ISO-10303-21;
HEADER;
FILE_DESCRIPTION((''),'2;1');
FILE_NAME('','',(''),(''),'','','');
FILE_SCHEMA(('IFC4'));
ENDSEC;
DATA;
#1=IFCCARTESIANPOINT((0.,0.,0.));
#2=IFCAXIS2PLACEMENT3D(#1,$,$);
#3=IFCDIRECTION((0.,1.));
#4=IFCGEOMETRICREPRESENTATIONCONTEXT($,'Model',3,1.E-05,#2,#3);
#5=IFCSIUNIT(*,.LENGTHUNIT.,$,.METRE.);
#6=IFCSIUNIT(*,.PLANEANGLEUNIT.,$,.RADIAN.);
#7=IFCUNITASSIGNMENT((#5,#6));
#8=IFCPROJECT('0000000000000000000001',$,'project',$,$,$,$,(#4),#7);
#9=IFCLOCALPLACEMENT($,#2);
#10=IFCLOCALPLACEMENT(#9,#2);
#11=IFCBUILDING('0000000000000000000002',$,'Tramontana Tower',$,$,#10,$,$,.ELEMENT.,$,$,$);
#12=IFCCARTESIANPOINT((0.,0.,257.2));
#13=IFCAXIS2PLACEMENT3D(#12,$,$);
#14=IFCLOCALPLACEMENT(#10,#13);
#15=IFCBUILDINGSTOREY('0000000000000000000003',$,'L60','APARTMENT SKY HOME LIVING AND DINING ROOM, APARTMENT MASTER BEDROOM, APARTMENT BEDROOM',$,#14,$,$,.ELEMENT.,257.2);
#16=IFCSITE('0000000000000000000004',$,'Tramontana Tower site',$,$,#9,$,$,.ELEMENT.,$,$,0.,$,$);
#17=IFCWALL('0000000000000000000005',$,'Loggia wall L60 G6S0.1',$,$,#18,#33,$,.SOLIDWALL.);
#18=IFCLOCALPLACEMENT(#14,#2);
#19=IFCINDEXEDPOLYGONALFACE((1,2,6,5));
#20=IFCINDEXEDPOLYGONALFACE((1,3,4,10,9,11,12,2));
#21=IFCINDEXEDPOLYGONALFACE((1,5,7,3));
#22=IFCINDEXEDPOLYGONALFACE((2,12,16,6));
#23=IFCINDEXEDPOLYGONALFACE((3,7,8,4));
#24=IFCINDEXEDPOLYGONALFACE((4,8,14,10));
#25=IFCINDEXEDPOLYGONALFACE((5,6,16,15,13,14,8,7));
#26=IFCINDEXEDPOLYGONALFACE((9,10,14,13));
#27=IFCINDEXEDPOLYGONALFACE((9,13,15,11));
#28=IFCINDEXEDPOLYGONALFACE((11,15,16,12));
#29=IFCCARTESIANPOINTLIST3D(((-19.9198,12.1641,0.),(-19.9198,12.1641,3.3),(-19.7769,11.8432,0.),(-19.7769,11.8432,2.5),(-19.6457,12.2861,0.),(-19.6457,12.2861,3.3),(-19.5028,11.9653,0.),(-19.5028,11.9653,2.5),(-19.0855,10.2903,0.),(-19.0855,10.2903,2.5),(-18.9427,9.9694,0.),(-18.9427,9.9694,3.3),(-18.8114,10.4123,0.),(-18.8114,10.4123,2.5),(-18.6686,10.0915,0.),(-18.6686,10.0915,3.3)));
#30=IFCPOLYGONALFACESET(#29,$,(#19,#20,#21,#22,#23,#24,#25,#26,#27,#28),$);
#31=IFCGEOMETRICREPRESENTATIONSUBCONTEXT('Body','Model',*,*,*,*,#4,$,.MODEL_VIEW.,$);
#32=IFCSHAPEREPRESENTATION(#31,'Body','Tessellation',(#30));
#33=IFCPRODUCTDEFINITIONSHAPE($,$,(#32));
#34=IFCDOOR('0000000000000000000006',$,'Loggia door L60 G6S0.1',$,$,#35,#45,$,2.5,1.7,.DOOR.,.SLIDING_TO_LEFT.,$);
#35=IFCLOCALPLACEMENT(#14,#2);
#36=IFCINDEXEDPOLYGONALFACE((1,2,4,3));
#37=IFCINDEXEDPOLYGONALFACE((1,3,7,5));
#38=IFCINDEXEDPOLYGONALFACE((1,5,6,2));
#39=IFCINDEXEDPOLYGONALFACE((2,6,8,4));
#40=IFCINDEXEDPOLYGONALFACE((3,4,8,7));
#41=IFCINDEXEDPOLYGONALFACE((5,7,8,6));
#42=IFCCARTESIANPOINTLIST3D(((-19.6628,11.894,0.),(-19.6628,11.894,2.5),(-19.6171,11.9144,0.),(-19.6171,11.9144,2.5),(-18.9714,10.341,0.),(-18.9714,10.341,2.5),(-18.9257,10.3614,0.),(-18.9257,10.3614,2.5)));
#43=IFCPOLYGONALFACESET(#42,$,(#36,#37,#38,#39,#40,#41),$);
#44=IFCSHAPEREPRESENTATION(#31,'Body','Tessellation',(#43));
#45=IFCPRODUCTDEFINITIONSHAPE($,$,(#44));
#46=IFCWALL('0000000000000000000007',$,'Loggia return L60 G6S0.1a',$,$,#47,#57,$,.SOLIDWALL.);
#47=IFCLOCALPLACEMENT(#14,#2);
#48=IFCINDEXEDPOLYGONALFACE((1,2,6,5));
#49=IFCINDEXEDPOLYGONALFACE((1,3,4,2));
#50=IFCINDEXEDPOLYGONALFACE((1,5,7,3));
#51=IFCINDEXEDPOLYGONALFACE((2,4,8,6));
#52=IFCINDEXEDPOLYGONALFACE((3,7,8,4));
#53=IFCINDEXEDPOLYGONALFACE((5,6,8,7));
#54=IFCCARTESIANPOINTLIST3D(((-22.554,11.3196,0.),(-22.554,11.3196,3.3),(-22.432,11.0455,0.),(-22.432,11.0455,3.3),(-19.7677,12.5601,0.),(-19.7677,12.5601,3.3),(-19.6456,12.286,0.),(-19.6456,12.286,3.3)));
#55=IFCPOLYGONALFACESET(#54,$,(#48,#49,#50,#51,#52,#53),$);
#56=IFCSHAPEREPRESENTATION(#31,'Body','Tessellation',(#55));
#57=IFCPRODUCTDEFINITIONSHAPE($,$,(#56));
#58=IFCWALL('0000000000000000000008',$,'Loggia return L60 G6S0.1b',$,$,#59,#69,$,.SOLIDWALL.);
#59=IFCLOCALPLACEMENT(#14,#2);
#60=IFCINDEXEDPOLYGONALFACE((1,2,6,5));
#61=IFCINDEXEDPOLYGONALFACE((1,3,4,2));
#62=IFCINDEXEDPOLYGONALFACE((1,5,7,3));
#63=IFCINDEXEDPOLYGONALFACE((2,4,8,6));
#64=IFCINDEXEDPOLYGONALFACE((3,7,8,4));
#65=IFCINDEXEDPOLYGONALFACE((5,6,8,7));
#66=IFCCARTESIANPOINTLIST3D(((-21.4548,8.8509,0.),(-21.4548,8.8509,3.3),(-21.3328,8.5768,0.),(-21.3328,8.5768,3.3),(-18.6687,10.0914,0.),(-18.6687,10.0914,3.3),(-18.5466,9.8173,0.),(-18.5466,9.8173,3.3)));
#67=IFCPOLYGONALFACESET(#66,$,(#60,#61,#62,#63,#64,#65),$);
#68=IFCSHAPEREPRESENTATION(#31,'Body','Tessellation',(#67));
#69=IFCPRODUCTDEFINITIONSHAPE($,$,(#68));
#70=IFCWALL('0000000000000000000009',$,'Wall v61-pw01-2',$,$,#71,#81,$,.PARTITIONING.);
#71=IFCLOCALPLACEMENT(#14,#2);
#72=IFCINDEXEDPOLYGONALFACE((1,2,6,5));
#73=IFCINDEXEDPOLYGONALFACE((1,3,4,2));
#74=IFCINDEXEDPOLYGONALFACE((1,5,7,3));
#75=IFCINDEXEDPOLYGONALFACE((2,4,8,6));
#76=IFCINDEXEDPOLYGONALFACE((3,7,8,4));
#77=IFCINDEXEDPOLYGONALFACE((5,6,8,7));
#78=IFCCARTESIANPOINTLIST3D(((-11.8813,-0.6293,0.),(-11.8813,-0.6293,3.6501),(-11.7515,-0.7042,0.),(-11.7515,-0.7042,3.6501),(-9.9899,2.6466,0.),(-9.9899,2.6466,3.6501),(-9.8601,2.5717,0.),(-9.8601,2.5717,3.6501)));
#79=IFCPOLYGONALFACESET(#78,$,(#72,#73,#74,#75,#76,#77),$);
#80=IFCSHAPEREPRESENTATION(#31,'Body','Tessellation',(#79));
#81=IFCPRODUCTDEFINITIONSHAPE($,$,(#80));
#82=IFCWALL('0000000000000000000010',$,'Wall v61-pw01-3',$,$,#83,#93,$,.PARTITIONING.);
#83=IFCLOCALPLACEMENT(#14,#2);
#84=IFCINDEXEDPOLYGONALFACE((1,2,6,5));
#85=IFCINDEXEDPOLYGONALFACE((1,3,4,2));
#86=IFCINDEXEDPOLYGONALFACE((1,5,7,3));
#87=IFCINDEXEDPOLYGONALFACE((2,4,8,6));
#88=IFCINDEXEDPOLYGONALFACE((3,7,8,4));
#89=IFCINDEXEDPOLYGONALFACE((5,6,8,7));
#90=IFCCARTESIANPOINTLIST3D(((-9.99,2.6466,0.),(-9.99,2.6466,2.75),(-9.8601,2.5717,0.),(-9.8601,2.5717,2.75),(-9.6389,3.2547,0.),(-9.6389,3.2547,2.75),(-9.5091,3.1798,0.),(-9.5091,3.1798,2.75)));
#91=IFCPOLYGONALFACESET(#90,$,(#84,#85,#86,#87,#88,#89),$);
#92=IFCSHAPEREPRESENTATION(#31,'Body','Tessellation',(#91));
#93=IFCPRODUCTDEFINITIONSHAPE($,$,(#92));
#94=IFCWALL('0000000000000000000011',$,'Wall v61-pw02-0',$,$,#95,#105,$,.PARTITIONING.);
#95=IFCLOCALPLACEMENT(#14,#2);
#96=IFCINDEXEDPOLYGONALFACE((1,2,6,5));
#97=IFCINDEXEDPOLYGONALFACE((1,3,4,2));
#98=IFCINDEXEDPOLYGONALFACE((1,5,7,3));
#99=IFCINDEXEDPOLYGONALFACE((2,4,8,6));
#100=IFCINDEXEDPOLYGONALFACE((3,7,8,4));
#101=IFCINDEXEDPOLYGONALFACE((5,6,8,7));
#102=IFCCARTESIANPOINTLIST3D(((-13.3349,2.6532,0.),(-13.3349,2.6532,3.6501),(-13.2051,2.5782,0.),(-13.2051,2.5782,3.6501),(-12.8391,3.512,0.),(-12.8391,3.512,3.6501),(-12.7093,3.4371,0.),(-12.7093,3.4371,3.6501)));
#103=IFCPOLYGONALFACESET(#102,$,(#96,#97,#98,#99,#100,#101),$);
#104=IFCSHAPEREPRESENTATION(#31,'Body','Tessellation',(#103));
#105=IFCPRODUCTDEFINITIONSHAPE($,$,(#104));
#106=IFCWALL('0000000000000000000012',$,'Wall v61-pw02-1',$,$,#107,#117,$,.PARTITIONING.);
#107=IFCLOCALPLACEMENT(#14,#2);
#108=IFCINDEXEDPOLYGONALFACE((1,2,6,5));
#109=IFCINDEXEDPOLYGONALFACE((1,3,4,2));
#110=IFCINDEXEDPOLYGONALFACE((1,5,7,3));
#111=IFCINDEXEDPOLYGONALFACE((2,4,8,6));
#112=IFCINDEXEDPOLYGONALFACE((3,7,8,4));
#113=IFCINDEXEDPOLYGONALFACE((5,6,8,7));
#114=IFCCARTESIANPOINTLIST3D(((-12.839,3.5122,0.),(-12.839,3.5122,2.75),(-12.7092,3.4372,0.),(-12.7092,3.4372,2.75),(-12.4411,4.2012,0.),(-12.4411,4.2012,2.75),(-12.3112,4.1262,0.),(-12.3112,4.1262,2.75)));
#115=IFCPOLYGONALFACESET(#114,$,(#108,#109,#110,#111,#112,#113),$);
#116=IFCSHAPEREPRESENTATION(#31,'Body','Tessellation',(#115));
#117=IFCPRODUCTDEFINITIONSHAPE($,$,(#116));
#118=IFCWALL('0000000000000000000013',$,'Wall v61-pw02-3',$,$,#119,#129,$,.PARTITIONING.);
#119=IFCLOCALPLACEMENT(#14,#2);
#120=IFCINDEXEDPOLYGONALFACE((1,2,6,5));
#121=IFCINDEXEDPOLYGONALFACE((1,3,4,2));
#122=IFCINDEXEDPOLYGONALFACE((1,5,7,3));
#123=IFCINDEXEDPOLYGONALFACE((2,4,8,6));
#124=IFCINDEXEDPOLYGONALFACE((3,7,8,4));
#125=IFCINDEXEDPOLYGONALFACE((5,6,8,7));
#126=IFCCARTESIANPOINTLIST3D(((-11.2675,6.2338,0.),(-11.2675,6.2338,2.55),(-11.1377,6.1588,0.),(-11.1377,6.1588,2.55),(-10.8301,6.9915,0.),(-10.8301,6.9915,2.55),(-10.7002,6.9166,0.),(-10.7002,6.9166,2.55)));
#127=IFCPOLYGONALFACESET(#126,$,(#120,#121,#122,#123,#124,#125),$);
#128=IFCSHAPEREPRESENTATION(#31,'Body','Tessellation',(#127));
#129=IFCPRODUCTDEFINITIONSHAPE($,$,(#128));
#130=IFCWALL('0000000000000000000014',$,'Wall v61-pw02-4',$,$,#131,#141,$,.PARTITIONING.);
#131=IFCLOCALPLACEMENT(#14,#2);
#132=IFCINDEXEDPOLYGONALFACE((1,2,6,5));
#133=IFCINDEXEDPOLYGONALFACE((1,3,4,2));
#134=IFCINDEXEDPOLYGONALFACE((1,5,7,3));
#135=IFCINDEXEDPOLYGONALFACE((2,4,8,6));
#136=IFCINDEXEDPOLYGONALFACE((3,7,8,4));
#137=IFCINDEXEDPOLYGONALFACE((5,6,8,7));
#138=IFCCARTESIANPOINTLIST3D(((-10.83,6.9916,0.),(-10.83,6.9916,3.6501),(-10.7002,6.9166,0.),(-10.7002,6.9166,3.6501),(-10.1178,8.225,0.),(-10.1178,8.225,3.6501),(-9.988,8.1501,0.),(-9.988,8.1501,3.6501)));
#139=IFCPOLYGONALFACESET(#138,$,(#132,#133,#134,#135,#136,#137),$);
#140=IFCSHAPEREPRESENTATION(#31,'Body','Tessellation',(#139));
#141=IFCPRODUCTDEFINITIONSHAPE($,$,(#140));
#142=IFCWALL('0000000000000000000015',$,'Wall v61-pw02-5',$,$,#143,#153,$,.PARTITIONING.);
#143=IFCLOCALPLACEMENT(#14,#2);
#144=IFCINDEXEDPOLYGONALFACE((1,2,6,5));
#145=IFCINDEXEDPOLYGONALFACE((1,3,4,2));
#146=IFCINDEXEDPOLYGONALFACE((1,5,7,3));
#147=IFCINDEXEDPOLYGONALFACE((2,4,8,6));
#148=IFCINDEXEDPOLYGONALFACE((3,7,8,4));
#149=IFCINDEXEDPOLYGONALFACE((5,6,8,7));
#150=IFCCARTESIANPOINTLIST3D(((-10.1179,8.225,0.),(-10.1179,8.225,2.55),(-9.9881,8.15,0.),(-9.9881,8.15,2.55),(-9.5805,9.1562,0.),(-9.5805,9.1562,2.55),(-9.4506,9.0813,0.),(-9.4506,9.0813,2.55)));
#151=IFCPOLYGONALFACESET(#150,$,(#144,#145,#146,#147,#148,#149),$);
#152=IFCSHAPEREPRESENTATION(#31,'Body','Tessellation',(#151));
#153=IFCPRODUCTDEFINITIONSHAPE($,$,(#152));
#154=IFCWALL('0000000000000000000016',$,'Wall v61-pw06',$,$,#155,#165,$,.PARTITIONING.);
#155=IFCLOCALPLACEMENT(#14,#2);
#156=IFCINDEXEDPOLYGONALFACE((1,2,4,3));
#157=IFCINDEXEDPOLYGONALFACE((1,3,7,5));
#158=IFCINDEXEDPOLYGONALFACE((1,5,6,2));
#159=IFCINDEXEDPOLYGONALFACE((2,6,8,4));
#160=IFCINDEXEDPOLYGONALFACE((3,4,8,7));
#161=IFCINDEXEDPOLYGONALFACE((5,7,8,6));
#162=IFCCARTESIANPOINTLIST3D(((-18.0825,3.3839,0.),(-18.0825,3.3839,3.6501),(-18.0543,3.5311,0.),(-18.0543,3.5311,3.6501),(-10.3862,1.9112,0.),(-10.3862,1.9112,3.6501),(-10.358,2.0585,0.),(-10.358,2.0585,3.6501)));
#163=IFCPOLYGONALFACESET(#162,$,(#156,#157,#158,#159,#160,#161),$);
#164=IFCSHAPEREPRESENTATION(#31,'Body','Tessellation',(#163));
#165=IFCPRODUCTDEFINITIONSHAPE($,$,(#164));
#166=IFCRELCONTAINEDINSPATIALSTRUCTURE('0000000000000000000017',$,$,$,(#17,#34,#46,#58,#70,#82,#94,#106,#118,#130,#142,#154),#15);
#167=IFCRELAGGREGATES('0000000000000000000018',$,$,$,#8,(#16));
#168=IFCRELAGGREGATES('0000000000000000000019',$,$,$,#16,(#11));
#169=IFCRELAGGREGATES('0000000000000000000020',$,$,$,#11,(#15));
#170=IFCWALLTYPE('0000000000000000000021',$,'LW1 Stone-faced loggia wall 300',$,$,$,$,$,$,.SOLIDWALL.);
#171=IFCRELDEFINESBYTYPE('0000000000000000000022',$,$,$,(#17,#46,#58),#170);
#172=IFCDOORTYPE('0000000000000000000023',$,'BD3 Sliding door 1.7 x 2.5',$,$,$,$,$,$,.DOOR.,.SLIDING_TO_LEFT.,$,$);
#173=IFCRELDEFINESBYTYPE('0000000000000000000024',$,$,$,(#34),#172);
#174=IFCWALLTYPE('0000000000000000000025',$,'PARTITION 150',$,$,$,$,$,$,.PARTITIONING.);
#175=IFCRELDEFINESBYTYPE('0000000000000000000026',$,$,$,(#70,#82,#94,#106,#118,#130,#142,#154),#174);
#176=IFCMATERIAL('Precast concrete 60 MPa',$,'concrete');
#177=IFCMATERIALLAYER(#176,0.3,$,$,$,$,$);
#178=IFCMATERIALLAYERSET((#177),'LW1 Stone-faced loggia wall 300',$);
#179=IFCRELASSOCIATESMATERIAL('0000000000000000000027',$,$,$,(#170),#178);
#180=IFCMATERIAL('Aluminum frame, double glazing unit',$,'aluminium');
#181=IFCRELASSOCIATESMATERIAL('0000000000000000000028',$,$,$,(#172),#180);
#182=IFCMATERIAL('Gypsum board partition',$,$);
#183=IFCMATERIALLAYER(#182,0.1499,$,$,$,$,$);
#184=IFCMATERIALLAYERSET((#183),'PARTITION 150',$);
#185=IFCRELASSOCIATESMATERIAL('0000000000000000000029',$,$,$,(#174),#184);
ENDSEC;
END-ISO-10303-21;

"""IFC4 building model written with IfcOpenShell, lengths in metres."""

from ifc_helpers import new_model, si_unit, direction, frame, frame_2d, origin, place, context, subcontext, project, spatial, rectangle, extrude, material, layer, layer_set, type_object, element, fill, save


model = new_model("IFC4")

# Units and contexts
model_context = context("Model", 3, precision=1e-05, world=origin(), true_north=direction((0.0, 1.0)))
body_context = subcontext(model_context, "Body", "Model", "MODEL_VIEW")
ifc_project = project(units=[si_unit("LENGTHUNIT", "METRE"), si_unit("PLANEANGLEUNIT", "RADIAN")], contexts=[model_context])

# Site, building, storey
site_placement = place(None, origin())
site = spatial("IfcSite", under=ifc_project, at=site_placement, Name="Tramontana Tower site", CompositionType="ELEMENT", RefElevation=0.0)
building_placement = place(site_placement, origin())
building = spatial("IfcBuilding", under=site, at=building_placement, Name="Tramontana Tower", CompositionType="ELEMENT")
storey_placement = place(building_placement, frame((0.0, 0.0, 257.2)))
storey = spatial("IfcBuildingStorey", under=building, at=storey_placement, Name="L60", Description="APARTMENT SKY HOME LIVING AND DINING ROOM, APARTMENT MASTER BEDROOM, APARTMENT BEDROOM", CompositionType="ELEMENT", Elevation=257.2)

# Wall, opening, door
ifc_material_1 = material(Name="Precast concrete 60 MPa", Category="concrete")
ifc_layer_1 = layer(ifc_material_1, 0.3)
ifc_layer_set_1 = layer_set([ifc_layer_1], Name="LW1 Stone-faced loggia wall 300")
wall_type_1 = type_object("IfcWallType", Name="LW1 Stone-faced loggia wall 300", PredefinedType="SOLIDWALL", material=ifc_layer_set_1)
wall_1_placement = place(storey_placement, frame((-19.7827, 12.2251, 0.0), z_axis=(0.0, 0.0, 1.0), x_axis=(0.406723, -0.913552, 0.0)))
wall_1 = element("IfcWall", 1, at=wall_1_placement, inside=storey, type_object=wall_type_1, Name="Loggia wall L60 G6S0.1", PredefinedType="SOLIDWALL", context=body_context, shape_type="SweptSolid", body=[
    extrude(rectangle(XDim=2.4023, YDim=0.3, at=frame_2d((1.2012, 0.0))), origin(), (0.0, 0.0, 1.0), 3.3),
])
opening_1_placement = place(wall_1_placement, frame((0.3511, 0.0, 0.0)))
opening_1 = element("IfcOpeningElement", 2, at=opening_1_placement, cuts=wall_1, PredefinedType="OPENING", context=body_context, shape_type="SweptSolid", body=[
    extrude(rectangle(XDim=1.7, YDim=2.5, at=frame_2d((0.8501, 1.25))), frame((0.0, 0.1599, 0.0), z_axis=(0.0, -1.0, 0.0), x_axis=(1.0, 0.0, 0.0)), (0.0, 0.0, 1.0), 0.3201),
])
ifc_material_2 = material(Name="Aluminum frame, double glazing unit", Category="aluminium")
door_type_1 = type_object("IfcDoorType", Name="BD3 Sliding door 1.7 x 2.5", OperationType="SLIDING_TO_LEFT", PredefinedType="DOOR", material=ifc_material_2)
door_1_placement = place(opening_1_placement, origin())
door_1 = element("IfcDoor", 3, at=door_1_placement, inside=storey, type_object=door_type_1, Name="Loggia door L60 G6S0.1", OperationType="SLIDING_TO_LEFT", OverallHeight=2.5, OverallWidth=1.7, PredefinedType="DOOR", context=body_context, shape_type="SweptSolid", body=[
    extrude(rectangle(XDim=1.7, YDim=2.5, at=frame_2d((0.8501, 1.25))), frame((0.0, 0.0249, 0.0), z_axis=(0.0, -1.0, 0.0), x_axis=(1.0, 0.0, 0.0)), (0.0, 0.0, 1.0), 0.05),
])
fill(opening_1, door_1)

# Walls
wall_2_placement = place(storey_placement, frame((-22.4929, 11.1826, 0.0), z_axis=(0.0, 0.0, 1.0), x_axis=(0.913557, 0.40671, 0.0)))
element("IfcWall", 4, at=wall_2_placement, inside=storey, type_object=wall_type_1, Name="Loggia return L60 G6S0.1a", PredefinedType="SOLIDWALL", context=body_context, shape_type="SweptSolid", body=[
    extrude(rectangle(XDim=3.05, YDim=0.3, at=frame_2d((1.5249, 0.0))), origin(), (0.0, 0.0, 1.0), 3.3),
])
wall_3_placement = place(storey_placement, frame((-21.3938, 8.7139, 0.0), z_axis=(0.0, 0.0, 1.0), x_axis=(0.913544, 0.40674, 0.0)))
element("IfcWall", 5, at=wall_3_placement, inside=storey, type_object=wall_type_1, Name="Loggia return L60 G6S0.1b", PredefinedType="SOLIDWALL", context=body_context, shape_type="SweptSolid", body=[
    extrude(rectangle(XDim=3.0498, YDim=0.3, at=frame_2d((1.5249, 0.0))), origin(), (0.0, 0.0, 1.0), 3.3),
])
ifc_material_3 = material(Name="Gypsum board partition")
ifc_layer_2 = layer(ifc_material_3, 0.1499)
ifc_layer_set_2 = layer_set([ifc_layer_2], Name="PARTITION 150")
wall_type_2 = type_object("IfcWallType", Name="PARTITION 150", PredefinedType="PARTITIONING", material=ifc_layer_set_2)
wall_4_placement = place(storey_placement, frame((-11.8164, -0.6667, 0.0), z_axis=(0.0, 0.0, 1.0), x_axis=(0.500006, 0.866022, 0.0)))
element("IfcWall", 6, at=wall_4_placement, inside=storey, type_object=wall_type_2, Name="Wall v61-pw01-2", PredefinedType="PARTITIONING", context=body_context, shape_type="SweptSolid", body=[
    extrude(rectangle(XDim=3.7827, YDim=0.1499, at=frame_2d((1.8914, 0.0))), origin(), (0.0, 0.0, 1.0), 3.6501),
])
wall_5_placement = place(storey_placement, frame((-9.925, 2.6091, 0.0), z_axis=(0.0, 0.0, 1.0), x_axis=(0.499953, 0.866052, 0.0)))
element("IfcWall", 7, at=wall_5_placement, inside=storey, type_object=wall_type_2, Name="Wall v61-pw01-3", PredefinedType="PARTITIONING", context=body_context, shape_type="SweptSolid", body=[
    extrude(rectangle(XDim=0.7021, YDim=0.1499, at=frame_2d((0.3511, 0.0))), origin(), (0.0, 0.0, 1.0), 2.75),
])
wall_6_placement = place(storey_placement, frame((-13.27, 2.6157, 0.0), z_axis=(0.0, 0.0, 1.0), x_axis=(0.499978, 0.866038, 0.0)))
element("IfcWall", 8, at=wall_6_placement, inside=storey, type_object=wall_type_2, Name="Wall v61-pw02-0", PredefinedType="PARTITIONING", context=body_context, shape_type="SweptSolid", body=[
    extrude(rectangle(XDim=0.9917, YDim=0.1499, at=frame_2d((0.4958, 0.0))), origin(), (0.0, 0.0, 1.0), 3.6501),
])
wall_7_placement = place(storey_placement, frame((-12.7742, 3.4746, 0.0), z_axis=(0.0, 0.0, 1.0), x_axis=(0.500165, 0.86593, 0.0)))
element("IfcWall", 9, at=wall_7_placement, inside=storey, type_object=wall_type_2, Name="Wall v61-pw02-1", PredefinedType="PARTITIONING", context=body_context, shape_type="SweptSolid", body=[
    extrude(rectangle(XDim=0.7957, YDim=0.1499, at=frame_2d((0.3979, 0.0))), origin(), (0.0, 0.0, 1.0), 2.75),
])

# Walls
wall_8_placement = place(storey_placement, frame((-11.2026, 6.1963, 0.0), z_axis=(0.0, 0.0, 1.0), x_axis=(0.49998, 0.866037, 0.0)))
element("IfcWall", 10, at=wall_8_placement, inside=storey, type_object=wall_type_2, Name="Wall v61-pw02-3", PredefinedType="PARTITIONING", context=body_context, shape_type="SweptSolid", body=[
    extrude(rectangle(XDim=0.875, YDim=0.1499, at=frame_2d((0.4375, 0.0))), origin(), (0.0, 0.0, 1.0), 2.55),
])
wall_9_placement = place(storey_placement, frame((-10.7651, 6.9541, 0.0), z_axis=(0.0, 0.0, 1.0), x_axis=(0.500029, 0.866009, 0.0)))
element("IfcWall", 11, at=wall_9_placement, inside=storey, type_object=wall_type_2, Name="Wall v61-pw02-4", PredefinedType="PARTITIONING", context=body_context, shape_type="SweptSolid", body=[
    extrude(rectangle(XDim=1.4243, YDim=0.1499, at=frame_2d((0.7122, 0.0))), origin(), (0.0, 0.0, 1.0), 3.6501),
])
wall_10_placement = place(storey_placement, frame((-10.053, 8.1875, 0.0), z_axis=(0.0, 0.0, 1.0), x_axis=(0.499827, 0.866125, 0.0)))
element("IfcWall", 12, at=wall_10_placement, inside=storey, type_object=wall_type_2, Name="Wall v61-pw02-5", PredefinedType="PARTITIONING", context=body_context, shape_type="SweptSolid", body=[
    extrude(rectangle(XDim=1.0752, YDim=0.1499, at=frame_2d((0.5376, 0.0))), origin(), (0.0, 0.0, 1.0), 2.55),
])

# Wall
wall_11_placement = place(storey_placement, frame((-10.3721, 1.9849, 0.0), z_axis=(0.0, 0.0, 1.0), x_axis=(-0.982181, 0.187937, 0.0)))
element("IfcWall", 13, at=wall_11_placement, inside=storey, type_object=wall_type_2, Name="Wall v61-pw06", PredefinedType="PARTITIONING", context=body_context, shape_type="SweptSolid", body=[
    extrude(rectangle(XDim=7.8359, YDim=0.1499, at=frame_2d((3.918, 0.0))), origin(), (0.0, 0.0, 1.0), 3.6501),
])

save(model, "model.ifc")
